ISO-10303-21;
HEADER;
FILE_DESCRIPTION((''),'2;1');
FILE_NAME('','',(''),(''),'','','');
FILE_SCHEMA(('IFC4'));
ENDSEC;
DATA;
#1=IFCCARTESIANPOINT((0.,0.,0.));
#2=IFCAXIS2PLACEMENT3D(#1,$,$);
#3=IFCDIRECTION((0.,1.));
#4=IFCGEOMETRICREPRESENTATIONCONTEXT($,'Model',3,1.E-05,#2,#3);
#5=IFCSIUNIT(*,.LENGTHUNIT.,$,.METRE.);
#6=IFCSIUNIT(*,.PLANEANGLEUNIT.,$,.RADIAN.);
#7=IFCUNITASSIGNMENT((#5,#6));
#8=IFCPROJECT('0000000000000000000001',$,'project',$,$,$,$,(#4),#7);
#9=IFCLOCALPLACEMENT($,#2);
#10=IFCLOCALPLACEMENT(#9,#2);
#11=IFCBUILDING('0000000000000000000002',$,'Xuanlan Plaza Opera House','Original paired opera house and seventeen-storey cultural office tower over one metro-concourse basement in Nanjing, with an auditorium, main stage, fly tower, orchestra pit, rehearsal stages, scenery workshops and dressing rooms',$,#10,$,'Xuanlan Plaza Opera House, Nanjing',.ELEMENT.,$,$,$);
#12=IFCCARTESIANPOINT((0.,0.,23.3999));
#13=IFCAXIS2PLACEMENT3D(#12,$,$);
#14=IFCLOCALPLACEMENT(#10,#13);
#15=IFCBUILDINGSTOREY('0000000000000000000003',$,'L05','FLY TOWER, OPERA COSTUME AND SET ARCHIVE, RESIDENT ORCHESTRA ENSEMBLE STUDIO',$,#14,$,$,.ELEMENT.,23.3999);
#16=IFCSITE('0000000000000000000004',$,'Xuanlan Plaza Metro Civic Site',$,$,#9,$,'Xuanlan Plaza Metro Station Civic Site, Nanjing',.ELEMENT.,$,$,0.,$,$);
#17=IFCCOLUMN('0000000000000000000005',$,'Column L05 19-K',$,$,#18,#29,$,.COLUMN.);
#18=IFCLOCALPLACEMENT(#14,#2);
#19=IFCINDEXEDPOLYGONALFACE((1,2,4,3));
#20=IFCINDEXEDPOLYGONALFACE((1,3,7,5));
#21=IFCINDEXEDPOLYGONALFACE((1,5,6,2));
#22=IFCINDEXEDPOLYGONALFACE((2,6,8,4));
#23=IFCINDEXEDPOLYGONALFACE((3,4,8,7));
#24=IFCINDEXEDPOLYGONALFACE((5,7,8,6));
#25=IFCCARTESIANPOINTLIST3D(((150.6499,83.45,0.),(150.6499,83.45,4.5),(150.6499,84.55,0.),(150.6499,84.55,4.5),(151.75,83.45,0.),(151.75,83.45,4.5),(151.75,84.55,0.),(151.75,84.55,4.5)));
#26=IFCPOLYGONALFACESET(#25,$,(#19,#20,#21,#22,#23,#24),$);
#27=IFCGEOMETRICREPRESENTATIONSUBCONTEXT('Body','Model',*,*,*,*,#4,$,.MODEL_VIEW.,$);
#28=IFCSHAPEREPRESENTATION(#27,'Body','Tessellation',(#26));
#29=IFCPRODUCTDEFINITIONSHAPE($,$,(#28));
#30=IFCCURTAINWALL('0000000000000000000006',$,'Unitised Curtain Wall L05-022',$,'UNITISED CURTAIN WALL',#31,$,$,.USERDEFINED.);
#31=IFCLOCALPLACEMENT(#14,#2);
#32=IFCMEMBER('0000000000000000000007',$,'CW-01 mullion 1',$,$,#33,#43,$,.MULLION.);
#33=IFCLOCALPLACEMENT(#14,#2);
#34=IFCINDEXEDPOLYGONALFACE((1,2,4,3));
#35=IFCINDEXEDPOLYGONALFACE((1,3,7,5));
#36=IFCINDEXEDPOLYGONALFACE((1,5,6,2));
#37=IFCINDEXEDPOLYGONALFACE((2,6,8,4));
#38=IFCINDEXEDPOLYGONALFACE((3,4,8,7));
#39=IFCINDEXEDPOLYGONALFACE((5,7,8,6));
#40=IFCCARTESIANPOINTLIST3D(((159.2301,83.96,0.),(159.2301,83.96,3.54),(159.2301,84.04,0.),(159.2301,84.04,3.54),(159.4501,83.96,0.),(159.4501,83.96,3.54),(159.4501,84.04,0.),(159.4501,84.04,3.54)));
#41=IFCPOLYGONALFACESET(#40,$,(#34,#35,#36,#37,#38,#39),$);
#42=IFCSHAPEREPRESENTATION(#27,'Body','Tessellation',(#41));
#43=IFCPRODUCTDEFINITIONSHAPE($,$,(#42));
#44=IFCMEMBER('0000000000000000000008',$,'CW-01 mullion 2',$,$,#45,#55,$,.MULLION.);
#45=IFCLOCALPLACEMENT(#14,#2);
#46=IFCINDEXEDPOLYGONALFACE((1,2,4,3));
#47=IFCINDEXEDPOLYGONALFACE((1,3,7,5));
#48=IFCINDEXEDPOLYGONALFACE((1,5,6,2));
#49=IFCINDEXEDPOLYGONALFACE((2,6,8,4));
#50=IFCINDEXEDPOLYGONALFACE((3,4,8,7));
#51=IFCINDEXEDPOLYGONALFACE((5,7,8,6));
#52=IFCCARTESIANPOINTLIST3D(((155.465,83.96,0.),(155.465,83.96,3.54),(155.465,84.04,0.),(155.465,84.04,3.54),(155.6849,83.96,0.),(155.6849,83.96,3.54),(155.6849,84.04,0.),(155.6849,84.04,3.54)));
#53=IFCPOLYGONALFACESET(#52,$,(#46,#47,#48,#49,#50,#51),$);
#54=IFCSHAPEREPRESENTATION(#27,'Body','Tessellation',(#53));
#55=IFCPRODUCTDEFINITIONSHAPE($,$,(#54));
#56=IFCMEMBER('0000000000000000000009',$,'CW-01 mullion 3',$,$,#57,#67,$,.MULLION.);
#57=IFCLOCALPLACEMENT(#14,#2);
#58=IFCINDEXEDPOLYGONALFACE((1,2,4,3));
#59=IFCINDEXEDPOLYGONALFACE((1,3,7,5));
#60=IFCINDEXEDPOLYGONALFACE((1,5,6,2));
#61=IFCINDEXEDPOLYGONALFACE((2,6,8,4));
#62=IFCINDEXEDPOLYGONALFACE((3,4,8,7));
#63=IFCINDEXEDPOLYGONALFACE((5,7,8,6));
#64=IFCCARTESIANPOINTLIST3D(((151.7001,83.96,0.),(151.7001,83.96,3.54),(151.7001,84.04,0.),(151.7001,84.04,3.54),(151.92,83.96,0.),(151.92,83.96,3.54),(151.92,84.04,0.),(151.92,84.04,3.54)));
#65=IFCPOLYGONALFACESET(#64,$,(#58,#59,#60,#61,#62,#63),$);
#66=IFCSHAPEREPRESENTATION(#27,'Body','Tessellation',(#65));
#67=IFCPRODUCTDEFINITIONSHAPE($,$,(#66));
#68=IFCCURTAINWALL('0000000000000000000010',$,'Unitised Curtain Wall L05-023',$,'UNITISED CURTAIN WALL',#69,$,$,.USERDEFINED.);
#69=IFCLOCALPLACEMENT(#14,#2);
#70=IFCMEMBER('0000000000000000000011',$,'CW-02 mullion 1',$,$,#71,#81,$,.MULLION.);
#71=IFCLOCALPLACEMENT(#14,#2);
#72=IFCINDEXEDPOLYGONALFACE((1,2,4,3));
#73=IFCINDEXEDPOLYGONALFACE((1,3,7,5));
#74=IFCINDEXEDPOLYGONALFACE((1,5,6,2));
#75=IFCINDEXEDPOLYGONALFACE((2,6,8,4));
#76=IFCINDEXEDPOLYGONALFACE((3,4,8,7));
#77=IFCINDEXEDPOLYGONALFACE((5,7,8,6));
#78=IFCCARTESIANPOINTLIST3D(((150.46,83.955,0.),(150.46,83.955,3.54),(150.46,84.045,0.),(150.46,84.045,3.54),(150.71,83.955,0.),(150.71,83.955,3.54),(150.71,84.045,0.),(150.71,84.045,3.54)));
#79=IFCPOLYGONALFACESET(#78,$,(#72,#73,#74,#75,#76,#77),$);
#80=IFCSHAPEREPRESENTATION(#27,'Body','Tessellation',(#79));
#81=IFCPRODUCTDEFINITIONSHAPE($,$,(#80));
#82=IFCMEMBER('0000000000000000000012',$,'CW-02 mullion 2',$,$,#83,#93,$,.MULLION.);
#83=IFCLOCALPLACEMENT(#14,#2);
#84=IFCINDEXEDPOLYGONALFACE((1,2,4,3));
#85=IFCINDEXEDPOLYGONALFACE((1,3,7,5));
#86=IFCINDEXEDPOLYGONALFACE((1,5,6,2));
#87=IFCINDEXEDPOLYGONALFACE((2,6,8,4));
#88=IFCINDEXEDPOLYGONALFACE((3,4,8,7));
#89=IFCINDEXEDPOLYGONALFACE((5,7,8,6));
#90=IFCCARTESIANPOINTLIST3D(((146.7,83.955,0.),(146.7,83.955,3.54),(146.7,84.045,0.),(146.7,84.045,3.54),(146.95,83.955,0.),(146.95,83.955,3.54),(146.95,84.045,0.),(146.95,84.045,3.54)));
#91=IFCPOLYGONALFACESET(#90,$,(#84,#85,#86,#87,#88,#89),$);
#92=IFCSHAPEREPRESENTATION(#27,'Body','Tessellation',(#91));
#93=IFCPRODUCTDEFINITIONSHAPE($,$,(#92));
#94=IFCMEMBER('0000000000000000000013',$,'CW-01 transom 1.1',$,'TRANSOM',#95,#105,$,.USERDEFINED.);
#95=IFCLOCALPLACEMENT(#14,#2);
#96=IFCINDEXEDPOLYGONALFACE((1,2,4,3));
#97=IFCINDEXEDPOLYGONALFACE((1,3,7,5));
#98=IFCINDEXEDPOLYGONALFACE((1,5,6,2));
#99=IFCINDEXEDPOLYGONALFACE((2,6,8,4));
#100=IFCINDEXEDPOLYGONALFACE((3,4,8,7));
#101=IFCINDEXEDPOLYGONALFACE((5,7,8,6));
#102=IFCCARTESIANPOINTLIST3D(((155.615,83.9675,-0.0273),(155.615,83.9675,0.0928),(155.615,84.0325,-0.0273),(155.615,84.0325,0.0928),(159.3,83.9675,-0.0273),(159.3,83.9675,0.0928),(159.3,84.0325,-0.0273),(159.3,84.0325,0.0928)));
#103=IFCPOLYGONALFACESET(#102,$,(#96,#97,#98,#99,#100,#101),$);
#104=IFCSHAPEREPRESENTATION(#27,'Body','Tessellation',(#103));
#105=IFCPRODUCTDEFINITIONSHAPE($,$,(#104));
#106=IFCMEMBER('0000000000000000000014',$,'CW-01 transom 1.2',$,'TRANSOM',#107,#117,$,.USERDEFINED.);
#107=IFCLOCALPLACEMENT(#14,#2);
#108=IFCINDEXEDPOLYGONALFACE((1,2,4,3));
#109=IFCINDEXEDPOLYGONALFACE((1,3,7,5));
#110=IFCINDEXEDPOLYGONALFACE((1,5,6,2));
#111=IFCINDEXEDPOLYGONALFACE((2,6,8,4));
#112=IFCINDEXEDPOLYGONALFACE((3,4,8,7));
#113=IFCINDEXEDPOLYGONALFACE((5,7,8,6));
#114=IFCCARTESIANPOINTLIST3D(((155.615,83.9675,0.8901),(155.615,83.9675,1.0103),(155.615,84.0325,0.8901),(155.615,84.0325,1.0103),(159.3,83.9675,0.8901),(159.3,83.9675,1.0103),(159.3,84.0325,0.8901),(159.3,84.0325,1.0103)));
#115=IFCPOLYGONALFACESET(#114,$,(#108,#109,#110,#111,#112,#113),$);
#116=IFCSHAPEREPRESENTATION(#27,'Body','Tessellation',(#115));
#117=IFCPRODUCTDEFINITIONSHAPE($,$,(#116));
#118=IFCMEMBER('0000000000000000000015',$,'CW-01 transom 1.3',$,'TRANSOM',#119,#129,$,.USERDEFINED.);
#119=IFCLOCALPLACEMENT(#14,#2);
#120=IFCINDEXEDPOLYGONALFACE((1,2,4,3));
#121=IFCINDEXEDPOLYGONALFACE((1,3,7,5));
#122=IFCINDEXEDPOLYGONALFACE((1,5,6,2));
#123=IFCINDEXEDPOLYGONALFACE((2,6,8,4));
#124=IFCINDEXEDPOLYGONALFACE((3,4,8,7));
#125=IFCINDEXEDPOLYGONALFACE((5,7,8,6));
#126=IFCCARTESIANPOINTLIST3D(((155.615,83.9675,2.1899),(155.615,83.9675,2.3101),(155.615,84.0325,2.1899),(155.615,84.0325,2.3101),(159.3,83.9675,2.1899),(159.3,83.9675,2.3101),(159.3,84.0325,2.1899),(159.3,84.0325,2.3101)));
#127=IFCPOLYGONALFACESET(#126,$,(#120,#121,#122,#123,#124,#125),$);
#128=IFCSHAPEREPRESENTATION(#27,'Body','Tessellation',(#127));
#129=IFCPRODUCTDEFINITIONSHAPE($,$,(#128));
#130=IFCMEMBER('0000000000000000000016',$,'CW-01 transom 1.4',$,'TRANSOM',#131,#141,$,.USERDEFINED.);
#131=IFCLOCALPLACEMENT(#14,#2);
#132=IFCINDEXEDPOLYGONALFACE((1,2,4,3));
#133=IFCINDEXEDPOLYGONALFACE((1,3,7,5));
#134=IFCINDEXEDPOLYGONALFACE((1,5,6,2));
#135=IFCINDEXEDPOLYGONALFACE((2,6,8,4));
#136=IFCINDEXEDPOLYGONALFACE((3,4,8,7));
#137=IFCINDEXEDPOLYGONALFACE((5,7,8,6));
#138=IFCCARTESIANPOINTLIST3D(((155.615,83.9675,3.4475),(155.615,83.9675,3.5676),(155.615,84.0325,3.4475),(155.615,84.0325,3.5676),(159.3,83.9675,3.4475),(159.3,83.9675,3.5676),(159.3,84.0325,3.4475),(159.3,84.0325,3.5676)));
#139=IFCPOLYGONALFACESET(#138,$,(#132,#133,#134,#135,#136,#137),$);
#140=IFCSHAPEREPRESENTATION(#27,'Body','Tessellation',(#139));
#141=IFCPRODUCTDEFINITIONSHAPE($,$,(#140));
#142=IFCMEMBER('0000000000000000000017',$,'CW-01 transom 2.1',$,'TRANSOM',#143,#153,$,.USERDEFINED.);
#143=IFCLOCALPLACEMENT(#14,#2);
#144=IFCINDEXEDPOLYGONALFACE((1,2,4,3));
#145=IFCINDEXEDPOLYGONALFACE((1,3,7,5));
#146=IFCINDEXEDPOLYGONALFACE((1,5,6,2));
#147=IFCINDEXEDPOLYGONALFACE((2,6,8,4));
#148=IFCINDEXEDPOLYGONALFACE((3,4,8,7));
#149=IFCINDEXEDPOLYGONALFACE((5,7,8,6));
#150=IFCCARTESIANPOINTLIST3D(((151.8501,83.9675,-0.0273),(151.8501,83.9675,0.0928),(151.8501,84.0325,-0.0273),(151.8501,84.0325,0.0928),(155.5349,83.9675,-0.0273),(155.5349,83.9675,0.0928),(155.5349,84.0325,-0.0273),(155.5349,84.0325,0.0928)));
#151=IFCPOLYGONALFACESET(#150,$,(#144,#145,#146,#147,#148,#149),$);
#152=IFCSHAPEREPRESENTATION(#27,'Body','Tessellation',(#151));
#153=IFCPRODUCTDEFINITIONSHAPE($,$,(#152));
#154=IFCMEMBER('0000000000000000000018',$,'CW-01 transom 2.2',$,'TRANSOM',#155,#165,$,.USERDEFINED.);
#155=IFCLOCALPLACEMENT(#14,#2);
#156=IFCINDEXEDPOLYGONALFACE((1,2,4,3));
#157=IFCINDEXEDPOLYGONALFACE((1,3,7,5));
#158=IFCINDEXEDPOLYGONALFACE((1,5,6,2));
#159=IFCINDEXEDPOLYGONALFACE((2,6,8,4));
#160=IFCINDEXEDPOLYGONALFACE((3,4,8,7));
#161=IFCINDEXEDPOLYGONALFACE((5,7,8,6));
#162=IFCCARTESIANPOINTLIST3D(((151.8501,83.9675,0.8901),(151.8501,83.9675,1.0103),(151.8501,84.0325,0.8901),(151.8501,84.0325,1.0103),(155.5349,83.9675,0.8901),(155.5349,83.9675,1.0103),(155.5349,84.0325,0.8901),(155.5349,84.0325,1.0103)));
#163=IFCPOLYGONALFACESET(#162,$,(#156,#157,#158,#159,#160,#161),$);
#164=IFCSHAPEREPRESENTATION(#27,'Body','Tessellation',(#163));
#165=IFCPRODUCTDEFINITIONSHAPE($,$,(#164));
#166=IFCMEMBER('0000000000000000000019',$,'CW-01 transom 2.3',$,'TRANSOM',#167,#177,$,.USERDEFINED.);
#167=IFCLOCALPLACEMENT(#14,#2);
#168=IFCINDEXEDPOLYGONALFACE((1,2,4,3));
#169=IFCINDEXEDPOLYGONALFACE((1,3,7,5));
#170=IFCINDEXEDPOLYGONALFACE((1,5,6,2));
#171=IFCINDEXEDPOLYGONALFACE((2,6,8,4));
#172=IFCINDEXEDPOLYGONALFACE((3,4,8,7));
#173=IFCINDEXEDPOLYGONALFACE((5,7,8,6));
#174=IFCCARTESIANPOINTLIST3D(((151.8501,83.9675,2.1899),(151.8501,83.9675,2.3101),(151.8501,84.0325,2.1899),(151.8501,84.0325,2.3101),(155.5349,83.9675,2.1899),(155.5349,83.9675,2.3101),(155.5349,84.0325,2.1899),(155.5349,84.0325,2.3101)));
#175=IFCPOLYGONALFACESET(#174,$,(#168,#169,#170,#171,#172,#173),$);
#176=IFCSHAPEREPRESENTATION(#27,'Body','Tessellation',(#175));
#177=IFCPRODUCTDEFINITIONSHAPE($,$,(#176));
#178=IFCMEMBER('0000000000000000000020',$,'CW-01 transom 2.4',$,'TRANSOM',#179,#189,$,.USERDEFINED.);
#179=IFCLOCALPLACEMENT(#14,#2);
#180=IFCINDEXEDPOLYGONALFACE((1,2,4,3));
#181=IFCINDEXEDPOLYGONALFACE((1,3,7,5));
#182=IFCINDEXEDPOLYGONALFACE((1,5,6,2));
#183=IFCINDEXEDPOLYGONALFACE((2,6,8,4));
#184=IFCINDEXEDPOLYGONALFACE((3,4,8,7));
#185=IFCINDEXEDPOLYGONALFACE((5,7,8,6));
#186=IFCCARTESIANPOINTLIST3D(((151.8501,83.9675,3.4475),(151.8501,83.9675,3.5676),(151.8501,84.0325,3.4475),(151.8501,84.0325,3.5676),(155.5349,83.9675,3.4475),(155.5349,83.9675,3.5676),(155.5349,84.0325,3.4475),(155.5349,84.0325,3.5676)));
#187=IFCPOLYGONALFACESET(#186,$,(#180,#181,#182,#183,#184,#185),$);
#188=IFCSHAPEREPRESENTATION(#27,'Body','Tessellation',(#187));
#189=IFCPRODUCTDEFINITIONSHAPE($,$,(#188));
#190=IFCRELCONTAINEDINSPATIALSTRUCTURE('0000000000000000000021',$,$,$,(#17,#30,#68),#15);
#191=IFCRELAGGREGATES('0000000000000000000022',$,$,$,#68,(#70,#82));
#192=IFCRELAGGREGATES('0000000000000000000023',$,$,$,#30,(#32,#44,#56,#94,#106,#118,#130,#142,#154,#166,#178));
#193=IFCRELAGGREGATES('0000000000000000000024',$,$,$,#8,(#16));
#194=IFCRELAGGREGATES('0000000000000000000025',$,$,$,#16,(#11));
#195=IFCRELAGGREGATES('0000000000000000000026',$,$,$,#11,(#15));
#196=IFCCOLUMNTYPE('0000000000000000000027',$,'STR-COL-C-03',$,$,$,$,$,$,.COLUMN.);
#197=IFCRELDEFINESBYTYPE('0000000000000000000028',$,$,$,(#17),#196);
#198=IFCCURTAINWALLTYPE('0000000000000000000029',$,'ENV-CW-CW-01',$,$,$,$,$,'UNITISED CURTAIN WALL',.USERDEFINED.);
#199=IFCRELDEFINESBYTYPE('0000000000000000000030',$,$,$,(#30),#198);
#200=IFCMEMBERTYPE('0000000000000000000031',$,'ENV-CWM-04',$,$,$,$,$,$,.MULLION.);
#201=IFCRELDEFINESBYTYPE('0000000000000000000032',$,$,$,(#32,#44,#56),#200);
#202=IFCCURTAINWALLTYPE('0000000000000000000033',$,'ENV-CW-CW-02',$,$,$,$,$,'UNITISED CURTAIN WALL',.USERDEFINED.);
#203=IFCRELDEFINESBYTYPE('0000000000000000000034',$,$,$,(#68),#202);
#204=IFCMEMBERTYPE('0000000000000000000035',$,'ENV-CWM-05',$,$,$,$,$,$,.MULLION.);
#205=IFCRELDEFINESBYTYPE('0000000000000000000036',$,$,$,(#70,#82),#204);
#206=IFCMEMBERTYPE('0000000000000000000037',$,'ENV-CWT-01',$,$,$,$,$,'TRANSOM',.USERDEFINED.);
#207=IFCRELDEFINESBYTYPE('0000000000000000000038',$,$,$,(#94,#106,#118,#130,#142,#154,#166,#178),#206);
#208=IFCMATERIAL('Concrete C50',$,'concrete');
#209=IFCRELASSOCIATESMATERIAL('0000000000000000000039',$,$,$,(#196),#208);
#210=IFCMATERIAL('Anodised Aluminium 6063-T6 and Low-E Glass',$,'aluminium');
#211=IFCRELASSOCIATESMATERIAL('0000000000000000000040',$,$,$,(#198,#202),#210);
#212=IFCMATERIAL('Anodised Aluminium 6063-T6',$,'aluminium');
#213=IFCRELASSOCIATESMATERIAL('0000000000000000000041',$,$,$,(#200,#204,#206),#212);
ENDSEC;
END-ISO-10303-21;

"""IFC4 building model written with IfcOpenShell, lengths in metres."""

from ifc_helpers import new_model, si_unit, direction, frame, origin, origin_2d, place, context, subcontext, project, spatial, rectangle, extrude, material, material_profile, profile_set, type_object, element, aggregate, save


model = new_model("IFC4")

# Units and contexts
model_context = context("Model", 3, precision=1e-05, world=origin(), true_north=direction((0.0, 1.0)))
body_context = subcontext(model_context, "Body", "Model", "MODEL_VIEW")
ifc_project = project(units=[si_unit("LENGTHUNIT", "METRE"), si_unit("PLANEANGLEUNIT", "RADIAN")], contexts=[model_context])

# Site, building, storey
site_placement = place(None, origin())
site = spatial("IfcSite", under=ifc_project, at=site_placement, Name="Xuanlan Plaza Metro Civic Site", LongName="Xuanlan Plaza Metro Station Civic Site, Nanjing", CompositionType="ELEMENT", RefElevation=0.0)
building_placement = place(site_placement, origin())
building = spatial("IfcBuilding", under=site, at=building_placement, Name="Xuanlan Plaza Opera House", Description="Original paired opera house and seventeen-storey cultural office tower over one metro-concourse basement in Nanjing, with an auditorium, main stage, fly tower, orchestra pit, rehearsal stages, scenery workshops and dressing rooms", LongName="Xuanlan Plaza Opera House, Nanjing", CompositionType="ELEMENT")
storey_placement = place(building_placement, frame((0.0, 0.0, 23.3999)))
storey = spatial("IfcBuildingStorey", under=building, at=storey_placement, Name="L05", Description="FLY TOWER, OPERA COSTUME AND SET ARCHIVE, RESIDENT ORCHESTRA ENSEMBLE STUDIO", CompositionType="ELEMENT", Elevation=23.3999)

# Column
ifc_material_1 = material(Name="Concrete C50", Category="concrete")
ifc_material_profile_1 = material_profile(ifc_material_1, rectangle(XDim=1.1001, YDim=1.1001, at=origin_2d()), Name="RC-COL 1100x1100")
ifc_profile_set_1 = profile_set([ifc_material_profile_1], Name="Concrete C50")
column_type = type_object("IfcColumnType", Name="STR-COL-C-03", PredefinedType="COLUMN", material=ifc_profile_set_1)
column_placement = place(storey_placement, frame((151.2, 84.0, 0.0), z_axis=(0.0, 0.0, 1.0), x_axis=(1.0, 0.0, 0.0)))
element("IfcColumn", 1, at=column_placement, inside=storey, type_object=column_type, Name="Column L05 19-K", PredefinedType="COLUMN", context=body_context, shape_type="SweptSolid", body=[
    extrude(rectangle(XDim=1.1001, YDim=1.1001, at=origin_2d()), origin(), (0.0, 0.0, 1.0), 4.5),
])

# Curtain walls, members
ifc_material_2 = material(Name="Anodised Aluminium 6063-T6 and Low-E Glass", Category="aluminium")
curtain_wall_type_1 = type_object("IfcCurtainWallType", Name="ENV-CW-CW-01", ElementType="UNITISED CURTAIN WALL", PredefinedType="USERDEFINED", material=ifc_material_2)
curtain_wall_1_placement = place(storey_placement, origin())
curtain_wall_1 = element("IfcCurtainWall", 2, at=curtain_wall_1_placement, inside=storey, type_object=curtain_wall_type_1, Name="Unitised Curtain Wall L05-022", ObjectType="UNITISED CURTAIN WALL", PredefinedType="USERDEFINED")
ifc_material_3 = material(Name="Anodised Aluminium 6063-T6", Category="aluminium")
ifc_material_profile_2 = material_profile(ifc_material_3, rectangle(XDim=0.0801, YDim=0.22, at=origin_2d()), Name="ALU-M 80x220")
ifc_profile_set_2 = profile_set([ifc_material_profile_2], Name="Anodised Aluminium 6063-T6")
member_type_1 = type_object("IfcMemberType", Name="ENV-CWM-04", PredefinedType="MULLION", material=ifc_profile_set_2)
member_1_placement = place(storey_placement, frame((159.3401, 84.0, 0.0), z_axis=(0.0, 0.0, 1.0), x_axis=(0.0, -1.0, 0.0)))
member_1 = element("IfcMember", 3, at=member_1_placement, type_object=member_type_1, Name="CW-01 mullion 1", PredefinedType="MULLION", context=body_context, shape_type="SweptSolid", body=[
    extrude(rectangle(XDim=0.0801, YDim=0.22, at=origin_2d()), origin(), (0.0, 0.0, 1.0), 3.54),
])
member_2_placement = place(storey_placement, frame((155.575, 84.0, 0.0), z_axis=(0.0, 0.0, 1.0), x_axis=(0.0, -1.0, 0.0)))
member_2 = element("IfcMember", 4, at=member_2_placement, type_object=member_type_1, Name="CW-01 mullion 2", PredefinedType="MULLION", context=body_context, shape_type="SweptSolid", body=[
    extrude(rectangle(XDim=0.0801, YDim=0.22, at=origin_2d()), origin(), (0.0, 0.0, 1.0), 3.54),
])
member_3_placement = place(storey_placement, frame((151.8101, 84.0, 0.0), z_axis=(0.0, 0.0, 1.0), x_axis=(0.0, -1.0, 0.0)))
member_3 = element("IfcMember", 5, at=member_3_placement, type_object=member_type_1, Name="CW-01 mullion 3", PredefinedType="MULLION", context=body_context, shape_type="SweptSolid", body=[
    extrude(rectangle(XDim=0.0801, YDim=0.22, at=origin_2d()), origin(), (0.0, 0.0, 1.0), 3.54),
])
curtain_wall_type_2 = type_object("IfcCurtainWallType", Name="ENV-CW-CW-02", ElementType="UNITISED CURTAIN WALL", PredefinedType="USERDEFINED", material=ifc_material_2)
curtain_wall_2_placement = place(storey_placement, origin())
curtain_wall_2 = element("IfcCurtainWall", 6, at=curtain_wall_2_placement, inside=storey, type_object=curtain_wall_type_2, Name="Unitised Curtain Wall L05-023", ObjectType="UNITISED CURTAIN WALL", PredefinedType="USERDEFINED")
ifc_material_profile_3 = material_profile(ifc_material_3, rectangle(XDim=0.0901, YDim=0.25, at=origin_2d()), Name="ALU-M 90x250")
ifc_profile_set_3 = profile_set([ifc_material_profile_3], Name="Anodised Aluminium 6063-T6")
member_type_2 = type_object("IfcMemberType", Name="ENV-CWM-05", PredefinedType="MULLION", material=ifc_profile_set_3)
member_4_placement = place(storey_placement, frame((150.585, 84.0, 0.0), z_axis=(0.0, 0.0, 1.0), x_axis=(0.0, -1.0, 0.0)))
member_4 = element("IfcMember", 7, at=member_4_placement, type_object=member_type_2, Name="CW-02 mullion 1", PredefinedType="MULLION", context=body_context, shape_type="SweptSolid", body=[
    extrude(rectangle(XDim=0.0901, YDim=0.25, at=origin_2d()), origin(), (0.0, 0.0, 1.0), 3.54),
])
member_5_placement = place(storey_placement, frame((146.825, 84.0, 0.0), z_axis=(0.0, 0.0, 1.0), x_axis=(0.0, -1.0, 0.0)))
member_5 = element("IfcMember", 8, at=member_5_placement, type_object=member_type_2, Name="CW-02 mullion 2", PredefinedType="MULLION", context=body_context, shape_type="SweptSolid", body=[
    extrude(rectangle(XDim=0.0901, YDim=0.25, at=origin_2d()), origin(), (0.0, 0.0, 1.0), 3.54),
])

# Members
ifc_material_profile_4 = material_profile(ifc_material_3, rectangle(XDim=0.0649, YDim=0.1201, at=origin_2d()), Name="ALU-T 65x120")
ifc_profile_set_4 = profile_set([ifc_material_profile_4], Name="Anodised Aluminium 6063-T6")
member_type_3 = type_object("IfcMemberType", Name="ENV-CWT-01", ElementType="TRANSOM", PredefinedType="USERDEFINED", material=ifc_profile_set_4)
member_6_placement = place(storey_placement, frame((159.3, 84.0, 0.0327), z_axis=(-1.0, 0.0, 0.0), x_axis=(0.0, -1.0, 0.0)))
member_6 = element("IfcMember", 9, at=member_6_placement, type_object=member_type_3, Name="CW-01 transom 1.1", ObjectType="TRANSOM", PredefinedType="USERDEFINED", context=body_context, shape_type="SweptSolid", body=[
    extrude(rectangle(XDim=0.0649, YDim=0.1201, at=origin_2d()), origin(), (0.0, 0.0, 1.0), 3.6851),
])
member_7_placement = place(storey_placement, frame((159.3, 84.0, 0.9502), z_axis=(-1.0, 0.0, 0.0), x_axis=(0.0, -1.0, 0.0)))
member_7 = element("IfcMember", 10, at=member_7_placement, type_object=member_type_3, Name="CW-01 transom 1.2", ObjectType="TRANSOM", PredefinedType="USERDEFINED", context=body_context, shape_type="SweptSolid", body=[
    extrude(rectangle(XDim=0.0649, YDim=0.1201, at=origin_2d()), origin(), (0.0, 0.0, 1.0), 3.6851),
])
member_8_placement = place(storey_placement, frame((159.3, 84.0, 2.25), z_axis=(-1.0, 0.0, 0.0), x_axis=(0.0, -1.0, 0.0)))
member_8 = element("IfcMember", 11, at=member_8_placement, type_object=member_type_3, Name="CW-01 transom 1.3", ObjectType="TRANSOM", PredefinedType="USERDEFINED", context=body_context, shape_type="SweptSolid", body=[
    extrude(rectangle(XDim=0.0649, YDim=0.1201, at=origin_2d()), origin(), (0.0, 0.0, 1.0), 3.6851),
])
member_9_placement = place(storey_placement, frame((159.3, 84.0, 3.5076), z_axis=(-1.0, 0.0, 0.0), x_axis=(0.0, -1.0, 0.0)))
member_9 = element("IfcMember", 12, at=member_9_placement, type_object=member_type_3, Name="CW-01 transom 1.4", ObjectType="TRANSOM", PredefinedType="USERDEFINED", context=body_context, shape_type="SweptSolid", body=[
    extrude(rectangle(XDim=0.0649, YDim=0.1201, at=origin_2d()), origin(), (0.0, 0.0, 1.0), 3.6851),
])
member_10_placement = place(storey_placement, frame((155.5349, 84.0, 0.0327), z_axis=(-1.0, 0.0, 0.0), x_axis=(0.0, -1.0, 0.0)))
member_10 = element("IfcMember", 13, at=member_10_placement, type_object=member_type_3, Name="CW-01 transom 2.1", ObjectType="TRANSOM", PredefinedType="USERDEFINED", context=body_context, shape_type="SweptSolid", body=[
    extrude(rectangle(XDim=0.0649, YDim=0.1201, at=origin_2d()), origin(), (0.0, 0.0, 1.0), 3.6848),
])
member_11_placement = place(storey_placement, frame((155.5349, 84.0, 0.9502), z_axis=(-1.0, 0.0, 0.0), x_axis=(0.0, -1.0, 0.0)))
member_11 = element("IfcMember", 14, at=member_11_placement, type_object=member_type_3, Name="CW-01 transom 2.2", ObjectType="TRANSOM", PredefinedType="USERDEFINED", context=body_context, shape_type="SweptSolid", body=[
    extrude(rectangle(XDim=0.0649, YDim=0.1201, at=origin_2d()), origin(), (0.0, 0.0, 1.0), 3.6848),
])
member_12_placement = place(storey_placement, frame((155.5349, 84.0, 2.25), z_axis=(-1.0, 0.0, 0.0), x_axis=(0.0, -1.0, 0.0)))
member_12 = element("IfcMember", 15, at=member_12_placement, type_object=member_type_3, Name="CW-01 transom 2.3", ObjectType="TRANSOM", PredefinedType="USERDEFINED", context=body_context, shape_type="SweptSolid", body=[
    extrude(rectangle(XDim=0.0649, YDim=0.1201, at=origin_2d()), origin(), (0.0, 0.0, 1.0), 3.6848),
])
member_13_placement = place(storey_placement, frame((155.5349, 84.0, 3.5076), z_axis=(-1.0, 0.0, 0.0), x_axis=(0.0, -1.0, 0.0)))
member_13 = element("IfcMember", 16, at=member_13_placement, type_object=member_type_3, Name="CW-01 transom 2.4", ObjectType="TRANSOM", PredefinedType="USERDEFINED", context=body_context, shape_type="SweptSolid", body=[
    extrude(rectangle(XDim=0.0649, YDim=0.1201, at=origin_2d()), origin(), (0.0, 0.0, 1.0), 3.6848),
])

aggregate(curtain_wall_2, [member_4, member_5])
aggregate(curtain_wall_1, [member_1, member_2, member_3, member_6, member_7, member_8, member_9, member_10, member_11, member_12, member_13])

save(model, "model.ifc")
